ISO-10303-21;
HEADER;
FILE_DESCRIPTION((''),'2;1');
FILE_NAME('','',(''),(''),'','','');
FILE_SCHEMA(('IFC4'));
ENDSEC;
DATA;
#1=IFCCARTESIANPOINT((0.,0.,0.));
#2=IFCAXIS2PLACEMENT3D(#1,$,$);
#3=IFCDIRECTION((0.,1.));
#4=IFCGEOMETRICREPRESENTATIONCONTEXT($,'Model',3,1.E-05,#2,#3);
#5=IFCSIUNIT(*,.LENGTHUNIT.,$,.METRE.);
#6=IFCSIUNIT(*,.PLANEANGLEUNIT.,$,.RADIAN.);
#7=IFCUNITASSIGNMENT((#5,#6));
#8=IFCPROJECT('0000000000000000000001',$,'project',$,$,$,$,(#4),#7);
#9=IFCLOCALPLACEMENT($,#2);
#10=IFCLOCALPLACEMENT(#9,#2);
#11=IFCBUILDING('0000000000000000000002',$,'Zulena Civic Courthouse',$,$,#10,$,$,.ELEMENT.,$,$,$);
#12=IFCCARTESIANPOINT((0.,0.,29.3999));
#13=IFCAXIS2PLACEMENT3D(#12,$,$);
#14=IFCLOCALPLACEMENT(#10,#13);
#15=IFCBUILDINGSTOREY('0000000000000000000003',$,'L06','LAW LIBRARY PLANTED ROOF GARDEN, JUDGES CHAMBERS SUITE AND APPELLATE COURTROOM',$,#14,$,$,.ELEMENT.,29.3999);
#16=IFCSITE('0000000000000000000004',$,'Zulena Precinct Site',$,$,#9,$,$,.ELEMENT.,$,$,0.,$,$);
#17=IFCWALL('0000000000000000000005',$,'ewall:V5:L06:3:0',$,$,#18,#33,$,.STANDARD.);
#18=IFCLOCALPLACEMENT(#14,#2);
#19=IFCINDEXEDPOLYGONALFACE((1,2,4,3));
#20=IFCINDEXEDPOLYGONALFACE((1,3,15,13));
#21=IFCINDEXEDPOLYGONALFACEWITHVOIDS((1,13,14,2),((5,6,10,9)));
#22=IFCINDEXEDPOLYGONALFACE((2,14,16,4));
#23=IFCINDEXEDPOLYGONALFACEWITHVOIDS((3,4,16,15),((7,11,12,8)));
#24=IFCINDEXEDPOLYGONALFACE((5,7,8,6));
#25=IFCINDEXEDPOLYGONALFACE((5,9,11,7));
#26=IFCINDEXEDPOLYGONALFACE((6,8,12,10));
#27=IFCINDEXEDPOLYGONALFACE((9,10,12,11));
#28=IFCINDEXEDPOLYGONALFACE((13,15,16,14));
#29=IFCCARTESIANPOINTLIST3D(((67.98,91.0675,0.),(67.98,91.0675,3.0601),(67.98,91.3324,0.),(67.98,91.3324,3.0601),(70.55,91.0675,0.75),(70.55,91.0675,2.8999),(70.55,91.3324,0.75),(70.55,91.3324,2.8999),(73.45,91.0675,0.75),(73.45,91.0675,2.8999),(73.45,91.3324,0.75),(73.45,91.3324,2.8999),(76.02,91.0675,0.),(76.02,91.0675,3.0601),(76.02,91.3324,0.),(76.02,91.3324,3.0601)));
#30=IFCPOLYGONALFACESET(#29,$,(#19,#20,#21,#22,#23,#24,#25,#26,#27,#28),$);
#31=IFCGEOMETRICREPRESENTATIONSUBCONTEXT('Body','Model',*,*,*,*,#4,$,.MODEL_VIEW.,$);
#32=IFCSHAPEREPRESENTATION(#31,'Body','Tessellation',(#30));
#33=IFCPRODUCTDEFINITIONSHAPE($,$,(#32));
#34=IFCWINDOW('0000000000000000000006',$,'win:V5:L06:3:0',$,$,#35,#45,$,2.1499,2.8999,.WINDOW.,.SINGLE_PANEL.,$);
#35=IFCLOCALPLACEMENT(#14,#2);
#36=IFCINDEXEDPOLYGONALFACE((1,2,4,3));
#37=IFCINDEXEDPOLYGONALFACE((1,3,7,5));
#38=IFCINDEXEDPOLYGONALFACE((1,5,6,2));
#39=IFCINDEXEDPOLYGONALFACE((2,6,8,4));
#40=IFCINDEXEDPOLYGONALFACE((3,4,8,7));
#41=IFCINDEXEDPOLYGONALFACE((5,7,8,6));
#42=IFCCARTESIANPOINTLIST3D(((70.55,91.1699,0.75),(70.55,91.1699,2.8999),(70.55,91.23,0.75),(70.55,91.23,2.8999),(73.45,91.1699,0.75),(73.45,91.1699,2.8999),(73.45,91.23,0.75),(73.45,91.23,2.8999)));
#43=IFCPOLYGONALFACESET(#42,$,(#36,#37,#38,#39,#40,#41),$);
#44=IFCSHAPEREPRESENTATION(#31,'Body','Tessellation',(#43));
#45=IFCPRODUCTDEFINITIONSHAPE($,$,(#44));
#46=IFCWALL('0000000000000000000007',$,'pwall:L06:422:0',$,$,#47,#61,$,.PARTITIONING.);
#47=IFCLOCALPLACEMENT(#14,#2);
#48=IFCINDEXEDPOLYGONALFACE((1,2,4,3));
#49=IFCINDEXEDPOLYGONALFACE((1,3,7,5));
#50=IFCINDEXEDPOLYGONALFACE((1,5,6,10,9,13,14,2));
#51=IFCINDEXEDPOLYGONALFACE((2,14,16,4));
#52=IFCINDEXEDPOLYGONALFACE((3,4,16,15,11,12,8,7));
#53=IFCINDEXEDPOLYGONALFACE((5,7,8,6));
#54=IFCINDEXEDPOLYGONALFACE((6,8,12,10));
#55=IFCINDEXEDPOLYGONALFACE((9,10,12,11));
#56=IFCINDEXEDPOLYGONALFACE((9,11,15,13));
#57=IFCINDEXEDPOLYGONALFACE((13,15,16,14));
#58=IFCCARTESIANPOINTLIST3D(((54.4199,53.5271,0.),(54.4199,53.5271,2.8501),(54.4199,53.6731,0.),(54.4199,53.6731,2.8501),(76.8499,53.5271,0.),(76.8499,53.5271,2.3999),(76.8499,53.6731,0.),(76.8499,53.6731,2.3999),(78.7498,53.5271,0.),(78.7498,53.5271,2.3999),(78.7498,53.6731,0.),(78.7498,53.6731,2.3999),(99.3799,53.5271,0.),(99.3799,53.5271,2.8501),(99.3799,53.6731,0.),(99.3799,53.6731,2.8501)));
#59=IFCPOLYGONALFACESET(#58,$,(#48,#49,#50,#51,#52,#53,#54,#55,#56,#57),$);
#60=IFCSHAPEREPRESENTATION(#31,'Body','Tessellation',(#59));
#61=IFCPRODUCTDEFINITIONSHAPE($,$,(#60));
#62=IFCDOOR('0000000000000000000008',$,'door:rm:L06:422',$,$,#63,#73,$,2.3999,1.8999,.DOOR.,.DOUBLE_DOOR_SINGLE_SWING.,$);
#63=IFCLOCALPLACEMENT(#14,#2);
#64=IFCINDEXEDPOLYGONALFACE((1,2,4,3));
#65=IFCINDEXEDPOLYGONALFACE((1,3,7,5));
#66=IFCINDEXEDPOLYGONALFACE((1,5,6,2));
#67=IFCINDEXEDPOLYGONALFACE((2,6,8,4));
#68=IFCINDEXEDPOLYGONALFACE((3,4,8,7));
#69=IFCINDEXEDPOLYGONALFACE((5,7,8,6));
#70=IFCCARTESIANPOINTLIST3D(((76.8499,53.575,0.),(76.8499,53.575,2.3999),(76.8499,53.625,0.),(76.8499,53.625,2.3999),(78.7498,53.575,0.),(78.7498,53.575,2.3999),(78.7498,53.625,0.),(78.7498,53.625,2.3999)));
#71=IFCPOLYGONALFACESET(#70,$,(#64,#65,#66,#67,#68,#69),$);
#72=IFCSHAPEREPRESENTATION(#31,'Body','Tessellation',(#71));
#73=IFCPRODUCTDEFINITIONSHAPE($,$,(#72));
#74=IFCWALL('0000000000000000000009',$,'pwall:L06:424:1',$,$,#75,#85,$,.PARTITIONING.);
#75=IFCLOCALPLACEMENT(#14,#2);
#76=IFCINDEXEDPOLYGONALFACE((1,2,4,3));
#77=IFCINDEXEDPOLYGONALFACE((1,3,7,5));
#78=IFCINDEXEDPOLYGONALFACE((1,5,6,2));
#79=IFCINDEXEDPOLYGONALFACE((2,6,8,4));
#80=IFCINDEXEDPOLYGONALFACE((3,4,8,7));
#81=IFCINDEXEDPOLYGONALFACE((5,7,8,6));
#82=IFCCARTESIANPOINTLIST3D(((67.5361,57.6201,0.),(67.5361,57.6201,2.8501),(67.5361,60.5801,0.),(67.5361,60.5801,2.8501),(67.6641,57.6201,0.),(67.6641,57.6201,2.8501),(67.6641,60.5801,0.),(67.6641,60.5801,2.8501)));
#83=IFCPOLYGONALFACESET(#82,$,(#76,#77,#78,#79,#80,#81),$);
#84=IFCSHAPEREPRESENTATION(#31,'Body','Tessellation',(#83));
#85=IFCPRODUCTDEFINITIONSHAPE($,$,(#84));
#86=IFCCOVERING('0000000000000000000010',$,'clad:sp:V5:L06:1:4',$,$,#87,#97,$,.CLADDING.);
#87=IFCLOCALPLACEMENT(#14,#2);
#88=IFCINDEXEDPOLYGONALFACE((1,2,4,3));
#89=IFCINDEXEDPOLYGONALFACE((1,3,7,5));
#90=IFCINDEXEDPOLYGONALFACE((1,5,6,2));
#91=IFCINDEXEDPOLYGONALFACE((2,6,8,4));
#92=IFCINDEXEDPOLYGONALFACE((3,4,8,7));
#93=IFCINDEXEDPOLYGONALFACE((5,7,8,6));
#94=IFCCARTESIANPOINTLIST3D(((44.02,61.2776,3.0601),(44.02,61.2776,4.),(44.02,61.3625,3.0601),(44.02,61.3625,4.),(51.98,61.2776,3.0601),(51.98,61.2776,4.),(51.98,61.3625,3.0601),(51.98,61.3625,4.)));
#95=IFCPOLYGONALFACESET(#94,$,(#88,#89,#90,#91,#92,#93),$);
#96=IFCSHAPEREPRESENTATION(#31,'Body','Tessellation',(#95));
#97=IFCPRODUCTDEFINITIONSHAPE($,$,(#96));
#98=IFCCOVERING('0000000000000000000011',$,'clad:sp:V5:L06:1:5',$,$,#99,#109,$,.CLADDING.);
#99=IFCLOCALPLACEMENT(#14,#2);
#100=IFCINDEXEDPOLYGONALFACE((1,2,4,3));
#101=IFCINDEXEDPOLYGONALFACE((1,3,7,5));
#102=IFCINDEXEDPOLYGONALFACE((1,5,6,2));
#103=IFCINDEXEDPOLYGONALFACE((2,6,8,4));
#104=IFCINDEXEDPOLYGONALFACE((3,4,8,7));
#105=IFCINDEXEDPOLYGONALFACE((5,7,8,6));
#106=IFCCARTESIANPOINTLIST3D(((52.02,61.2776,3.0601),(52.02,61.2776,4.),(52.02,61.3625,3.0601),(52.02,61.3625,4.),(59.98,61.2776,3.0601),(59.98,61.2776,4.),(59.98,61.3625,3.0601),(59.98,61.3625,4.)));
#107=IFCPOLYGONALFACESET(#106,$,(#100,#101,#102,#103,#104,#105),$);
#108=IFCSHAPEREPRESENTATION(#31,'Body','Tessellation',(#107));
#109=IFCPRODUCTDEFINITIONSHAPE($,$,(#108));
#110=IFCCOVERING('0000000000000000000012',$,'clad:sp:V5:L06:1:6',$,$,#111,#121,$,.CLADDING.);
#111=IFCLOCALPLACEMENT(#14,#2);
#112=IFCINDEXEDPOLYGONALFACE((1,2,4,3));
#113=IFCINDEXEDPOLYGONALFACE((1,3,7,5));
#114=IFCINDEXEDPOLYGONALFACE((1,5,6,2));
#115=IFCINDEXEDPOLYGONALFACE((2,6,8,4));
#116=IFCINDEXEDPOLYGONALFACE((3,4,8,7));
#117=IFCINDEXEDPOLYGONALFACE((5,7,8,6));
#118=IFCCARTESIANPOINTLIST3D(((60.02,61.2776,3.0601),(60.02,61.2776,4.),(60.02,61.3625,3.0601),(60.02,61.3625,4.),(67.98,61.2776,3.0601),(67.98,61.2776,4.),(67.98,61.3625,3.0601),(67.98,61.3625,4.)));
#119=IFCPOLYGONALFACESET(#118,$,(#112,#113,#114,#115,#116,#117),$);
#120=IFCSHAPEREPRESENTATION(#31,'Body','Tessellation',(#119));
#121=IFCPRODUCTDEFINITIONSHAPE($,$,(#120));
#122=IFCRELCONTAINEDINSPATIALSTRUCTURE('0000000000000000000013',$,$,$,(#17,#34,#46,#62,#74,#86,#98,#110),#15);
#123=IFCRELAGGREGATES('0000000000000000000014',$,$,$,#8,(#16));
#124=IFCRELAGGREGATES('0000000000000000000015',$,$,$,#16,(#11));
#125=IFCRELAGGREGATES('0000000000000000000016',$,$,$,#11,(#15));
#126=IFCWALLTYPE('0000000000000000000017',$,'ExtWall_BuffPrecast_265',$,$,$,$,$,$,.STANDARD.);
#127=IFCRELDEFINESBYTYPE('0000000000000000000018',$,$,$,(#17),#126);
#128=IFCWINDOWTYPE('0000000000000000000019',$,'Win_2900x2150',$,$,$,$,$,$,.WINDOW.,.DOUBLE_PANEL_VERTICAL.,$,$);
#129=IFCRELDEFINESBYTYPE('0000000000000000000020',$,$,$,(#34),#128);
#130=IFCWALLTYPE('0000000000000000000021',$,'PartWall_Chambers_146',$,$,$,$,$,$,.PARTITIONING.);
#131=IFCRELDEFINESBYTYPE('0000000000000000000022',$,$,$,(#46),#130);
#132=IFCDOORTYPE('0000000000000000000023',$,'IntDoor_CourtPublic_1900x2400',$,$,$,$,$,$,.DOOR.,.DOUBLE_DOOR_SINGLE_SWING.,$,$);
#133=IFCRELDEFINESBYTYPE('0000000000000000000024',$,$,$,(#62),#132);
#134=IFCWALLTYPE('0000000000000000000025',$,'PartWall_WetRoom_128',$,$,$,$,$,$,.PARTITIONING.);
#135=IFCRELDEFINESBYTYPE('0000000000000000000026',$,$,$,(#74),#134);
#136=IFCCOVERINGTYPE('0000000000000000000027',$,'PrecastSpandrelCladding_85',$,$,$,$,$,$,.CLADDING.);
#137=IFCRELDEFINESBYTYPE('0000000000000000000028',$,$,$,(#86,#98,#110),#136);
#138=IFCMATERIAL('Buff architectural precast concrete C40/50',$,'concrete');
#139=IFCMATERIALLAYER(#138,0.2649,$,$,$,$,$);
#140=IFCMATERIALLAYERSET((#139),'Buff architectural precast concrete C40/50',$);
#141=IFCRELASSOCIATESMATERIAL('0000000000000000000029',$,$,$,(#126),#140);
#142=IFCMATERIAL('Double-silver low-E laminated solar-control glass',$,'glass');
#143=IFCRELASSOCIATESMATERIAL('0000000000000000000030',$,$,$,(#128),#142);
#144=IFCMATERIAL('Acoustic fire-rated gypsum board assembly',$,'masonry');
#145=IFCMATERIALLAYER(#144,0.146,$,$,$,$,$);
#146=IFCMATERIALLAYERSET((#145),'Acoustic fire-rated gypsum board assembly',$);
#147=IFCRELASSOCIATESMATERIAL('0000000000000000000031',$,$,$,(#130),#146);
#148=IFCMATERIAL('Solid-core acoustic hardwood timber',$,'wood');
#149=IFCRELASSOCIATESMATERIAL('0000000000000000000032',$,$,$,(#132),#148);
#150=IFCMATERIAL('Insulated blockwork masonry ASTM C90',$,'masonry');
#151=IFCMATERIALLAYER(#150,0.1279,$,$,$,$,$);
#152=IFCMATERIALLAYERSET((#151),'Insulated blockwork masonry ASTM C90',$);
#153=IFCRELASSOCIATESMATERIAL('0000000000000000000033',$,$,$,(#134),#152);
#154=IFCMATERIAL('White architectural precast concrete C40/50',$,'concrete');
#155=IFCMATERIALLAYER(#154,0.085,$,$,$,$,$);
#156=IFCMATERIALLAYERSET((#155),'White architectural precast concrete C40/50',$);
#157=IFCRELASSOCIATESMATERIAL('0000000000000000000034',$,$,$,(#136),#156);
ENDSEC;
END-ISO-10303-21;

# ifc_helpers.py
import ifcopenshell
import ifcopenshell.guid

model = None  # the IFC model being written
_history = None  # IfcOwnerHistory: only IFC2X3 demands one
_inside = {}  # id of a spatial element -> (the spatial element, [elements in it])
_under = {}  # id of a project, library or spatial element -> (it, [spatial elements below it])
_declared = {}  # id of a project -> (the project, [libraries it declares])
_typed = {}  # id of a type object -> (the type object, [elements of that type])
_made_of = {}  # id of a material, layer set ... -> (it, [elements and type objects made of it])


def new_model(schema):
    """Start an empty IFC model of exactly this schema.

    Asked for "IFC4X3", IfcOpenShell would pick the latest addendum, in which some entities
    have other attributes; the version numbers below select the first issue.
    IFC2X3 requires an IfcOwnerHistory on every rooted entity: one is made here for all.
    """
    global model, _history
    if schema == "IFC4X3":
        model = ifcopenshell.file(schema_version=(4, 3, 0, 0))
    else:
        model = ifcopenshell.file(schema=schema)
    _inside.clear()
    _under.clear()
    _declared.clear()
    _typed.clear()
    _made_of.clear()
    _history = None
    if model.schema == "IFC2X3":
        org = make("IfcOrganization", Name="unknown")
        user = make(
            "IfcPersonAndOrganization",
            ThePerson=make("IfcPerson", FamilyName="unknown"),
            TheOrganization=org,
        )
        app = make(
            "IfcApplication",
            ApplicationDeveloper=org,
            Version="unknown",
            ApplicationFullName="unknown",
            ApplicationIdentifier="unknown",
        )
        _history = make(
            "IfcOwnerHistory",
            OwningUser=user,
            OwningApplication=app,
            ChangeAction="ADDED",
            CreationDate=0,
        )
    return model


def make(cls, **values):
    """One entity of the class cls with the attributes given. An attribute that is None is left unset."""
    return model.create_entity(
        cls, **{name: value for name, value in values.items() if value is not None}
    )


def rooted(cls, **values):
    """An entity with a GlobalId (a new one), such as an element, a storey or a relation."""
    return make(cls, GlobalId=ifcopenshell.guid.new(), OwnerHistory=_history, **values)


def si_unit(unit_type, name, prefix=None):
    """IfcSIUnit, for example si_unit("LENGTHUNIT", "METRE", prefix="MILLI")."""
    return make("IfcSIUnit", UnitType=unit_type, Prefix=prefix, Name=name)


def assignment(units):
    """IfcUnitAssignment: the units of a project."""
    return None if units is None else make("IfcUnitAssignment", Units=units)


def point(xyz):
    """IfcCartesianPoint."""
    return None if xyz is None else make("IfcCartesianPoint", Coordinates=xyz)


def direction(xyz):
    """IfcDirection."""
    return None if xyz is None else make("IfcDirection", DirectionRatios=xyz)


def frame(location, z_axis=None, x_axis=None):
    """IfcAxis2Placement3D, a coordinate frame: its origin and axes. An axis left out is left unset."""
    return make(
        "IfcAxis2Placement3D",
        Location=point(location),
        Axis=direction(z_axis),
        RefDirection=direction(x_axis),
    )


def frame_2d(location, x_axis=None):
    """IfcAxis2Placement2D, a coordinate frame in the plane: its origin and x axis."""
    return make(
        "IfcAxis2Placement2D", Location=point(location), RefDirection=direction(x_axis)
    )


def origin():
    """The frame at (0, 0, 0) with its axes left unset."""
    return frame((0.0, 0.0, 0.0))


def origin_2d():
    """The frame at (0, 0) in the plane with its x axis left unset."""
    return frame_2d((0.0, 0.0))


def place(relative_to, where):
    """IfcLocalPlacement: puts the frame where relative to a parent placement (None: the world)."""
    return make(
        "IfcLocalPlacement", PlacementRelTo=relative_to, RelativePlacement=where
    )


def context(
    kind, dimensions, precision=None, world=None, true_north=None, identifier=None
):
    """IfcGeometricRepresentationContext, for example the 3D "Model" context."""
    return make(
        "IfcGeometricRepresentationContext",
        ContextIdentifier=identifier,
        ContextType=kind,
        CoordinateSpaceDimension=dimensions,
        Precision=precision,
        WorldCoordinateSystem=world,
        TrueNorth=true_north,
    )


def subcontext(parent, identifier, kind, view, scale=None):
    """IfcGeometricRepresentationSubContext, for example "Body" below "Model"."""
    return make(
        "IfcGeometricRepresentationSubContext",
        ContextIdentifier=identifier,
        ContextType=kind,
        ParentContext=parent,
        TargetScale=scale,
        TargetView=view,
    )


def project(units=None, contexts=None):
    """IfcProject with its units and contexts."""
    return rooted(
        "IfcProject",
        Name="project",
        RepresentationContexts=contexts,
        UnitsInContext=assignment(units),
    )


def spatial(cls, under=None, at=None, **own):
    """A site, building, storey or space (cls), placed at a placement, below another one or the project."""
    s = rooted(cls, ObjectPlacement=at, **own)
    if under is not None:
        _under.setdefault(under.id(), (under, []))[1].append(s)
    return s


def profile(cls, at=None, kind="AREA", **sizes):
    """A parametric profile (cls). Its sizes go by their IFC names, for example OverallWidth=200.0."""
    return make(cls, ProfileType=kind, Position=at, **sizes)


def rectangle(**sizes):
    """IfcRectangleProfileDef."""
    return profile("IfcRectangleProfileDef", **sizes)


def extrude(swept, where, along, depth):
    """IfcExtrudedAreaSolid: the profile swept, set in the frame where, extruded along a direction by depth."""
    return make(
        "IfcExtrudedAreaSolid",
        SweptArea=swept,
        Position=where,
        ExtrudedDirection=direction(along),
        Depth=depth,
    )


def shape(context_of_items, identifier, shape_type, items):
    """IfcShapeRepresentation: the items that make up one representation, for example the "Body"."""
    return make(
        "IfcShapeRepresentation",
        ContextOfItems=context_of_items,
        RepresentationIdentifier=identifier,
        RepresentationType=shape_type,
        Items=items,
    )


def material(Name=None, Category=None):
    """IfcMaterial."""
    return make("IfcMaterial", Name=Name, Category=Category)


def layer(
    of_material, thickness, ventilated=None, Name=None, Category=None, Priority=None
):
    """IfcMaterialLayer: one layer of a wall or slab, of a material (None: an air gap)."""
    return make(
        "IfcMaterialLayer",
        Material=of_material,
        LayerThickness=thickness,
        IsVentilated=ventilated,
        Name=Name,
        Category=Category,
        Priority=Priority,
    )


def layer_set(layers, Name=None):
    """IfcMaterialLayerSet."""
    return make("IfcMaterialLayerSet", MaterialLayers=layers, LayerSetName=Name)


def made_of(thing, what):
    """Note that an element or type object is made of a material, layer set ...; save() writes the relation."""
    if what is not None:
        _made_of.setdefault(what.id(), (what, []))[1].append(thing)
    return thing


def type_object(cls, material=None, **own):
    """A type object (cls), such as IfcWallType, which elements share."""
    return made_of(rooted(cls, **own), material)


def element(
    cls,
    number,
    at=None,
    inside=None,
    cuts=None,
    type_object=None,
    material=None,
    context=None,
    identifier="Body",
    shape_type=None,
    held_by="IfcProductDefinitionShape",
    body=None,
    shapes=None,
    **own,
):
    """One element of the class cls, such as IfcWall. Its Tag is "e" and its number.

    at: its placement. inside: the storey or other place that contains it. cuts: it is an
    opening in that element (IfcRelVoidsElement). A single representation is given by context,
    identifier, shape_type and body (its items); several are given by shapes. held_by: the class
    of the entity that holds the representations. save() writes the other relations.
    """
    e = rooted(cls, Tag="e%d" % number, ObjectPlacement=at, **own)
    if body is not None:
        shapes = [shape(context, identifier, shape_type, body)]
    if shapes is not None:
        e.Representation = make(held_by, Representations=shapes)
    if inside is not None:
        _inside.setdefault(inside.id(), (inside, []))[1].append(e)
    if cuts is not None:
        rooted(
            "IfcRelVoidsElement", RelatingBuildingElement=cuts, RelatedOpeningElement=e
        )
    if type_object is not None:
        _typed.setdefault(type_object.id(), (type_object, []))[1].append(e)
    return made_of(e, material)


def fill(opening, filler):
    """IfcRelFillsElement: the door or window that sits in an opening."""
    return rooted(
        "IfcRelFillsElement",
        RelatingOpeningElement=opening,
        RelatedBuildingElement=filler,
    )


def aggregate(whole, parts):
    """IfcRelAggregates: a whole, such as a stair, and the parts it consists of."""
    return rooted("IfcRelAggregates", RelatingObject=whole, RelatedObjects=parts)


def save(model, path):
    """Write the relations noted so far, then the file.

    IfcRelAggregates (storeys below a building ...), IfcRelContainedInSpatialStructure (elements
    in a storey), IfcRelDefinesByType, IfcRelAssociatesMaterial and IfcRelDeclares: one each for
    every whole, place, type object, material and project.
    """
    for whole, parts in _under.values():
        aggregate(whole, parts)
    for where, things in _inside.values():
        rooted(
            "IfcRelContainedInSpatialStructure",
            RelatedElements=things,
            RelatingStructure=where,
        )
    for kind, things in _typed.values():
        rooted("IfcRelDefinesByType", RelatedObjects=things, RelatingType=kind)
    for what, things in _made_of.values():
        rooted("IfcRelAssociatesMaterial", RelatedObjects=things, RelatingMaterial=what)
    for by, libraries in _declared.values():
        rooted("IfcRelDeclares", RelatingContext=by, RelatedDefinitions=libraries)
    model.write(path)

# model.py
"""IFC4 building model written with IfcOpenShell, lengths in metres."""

from ifc_helpers import new_model, si_unit, direction, frame, frame_2d, origin, origin_2d, place, context, subcontext, project, spatial, rectangle, extrude, material, layer, layer_set, type_object, element, fill, save


model = new_model("IFC4")

# Units and contexts
model_context = context("Model", 3, precision=1e-05, world=origin(), true_north=direction((0.0, 1.0)))
body_context = subcontext(model_context, "Body", "Model", "MODEL_VIEW")
ifc_project = project(units=[si_unit("LENGTHUNIT", "METRE"), si_unit("PLANEANGLEUNIT", "RADIAN")], contexts=[model_context])

# Site, building, storey
site_placement = place(None, origin())
site = spatial("IfcSite", under=ifc_project, at=site_placement, Name="Zulena Precinct Site", CompositionType="ELEMENT", RefElevation=0.0)
building_placement = place(site_placement, origin())
building = spatial("IfcBuilding", under=site, at=building_placement, Name="Zulena Civic Courthouse", CompositionType="ELEMENT")
storey_placement = place(building_placement, frame((0.0, 0.0, 29.3999)))
storey = spatial("IfcBuildingStorey", under=building, at=storey_placement, Name="L06", Description="LAW LIBRARY PLANTED ROOF GARDEN, JUDGES CHAMBERS SUITE AND APPELLATE COURTROOM", CompositionType="ELEMENT", Elevation=29.3999)

# Wall, opening, window
ifc_material_1 = material(Name="Buff architectural precast concrete C40/50", Category="concrete")
ifc_layer_1 = layer(ifc_material_1, 0.2649)
ifc_layer_set_1 = layer_set([ifc_layer_1], Name="Buff architectural precast concrete C40/50")
wall_type_1 = type_object("IfcWallType", Name="ExtWall_BuffPrecast_265", PredefinedType="STANDARD", material=ifc_layer_set_1)
ifc_material_2 = material(Name="Double-silver low-E laminated solar-control glass", Category="glass")
wall_1_placement = place(storey_placement, frame((67.98, 91.2, 0.0), z_axis=(0.0, 0.0, 1.0), x_axis=(1.0, 0.0, 0.0)))
wall_1 = element("IfcWall", 1, at=wall_1_placement, inside=storey, type_object=wall_type_1, Name="ewall:V5:L06:3:0", PredefinedType="STANDARD", context=body_context, shape_type="SweptSolid", body=[
    extrude(rectangle(XDim=8.04, YDim=0.2649, at=frame_2d((4.02, 0.0))), origin(), (0.0, 0.0, 1.0), 3.0601),
])
opening_1_placement = place(wall_1_placement, frame((2.5701, 0.0, 0.75)))
opening_1 = element("IfcOpeningElement", 2, at=opening_1_placement, cuts=wall_1, PredefinedType="OPENING", context=body_context, shape_type="SweptSolid", body=[
    extrude(rectangle(XDim=2.8999, YDim=2.1499, at=frame_2d((1.45, 1.075))), frame((0.0, 0.1423, 0.0), z_axis=(0.0, -1.0, 0.0), x_axis=(1.0, 0.0, 0.0)), (0.0, 0.0, 1.0), 0.2849),
])
window_type_1 = type_object("IfcWindowType", Name="Win_2900x2150", PartitioningType="DOUBLE_PANEL_VERTICAL", PredefinedType="WINDOW", material=ifc_material_2)
window_1_placement = place(opening_1_placement, origin())
window_1 = element("IfcWindow", 3, at=window_1_placement, inside=storey, type_object=window_type_1, Name="win:V5:L06:3:0", OverallHeight=2.1499, OverallWidth=2.8999, PartitioningType="SINGLE_PANEL", PredefinedType="WINDOW", context=body_context, shape_type="SweptSolid", body=[
    extrude(rectangle(XDim=2.8999, YDim=2.1499, at=frame_2d((1.45, 1.075))), frame((0.0, 0.03, 0.0), z_axis=(0.0, -1.0, 0.0), x_axis=(1.0, 0.0, 0.0)), (0.0, 0.0, 1.0), 0.0601),
])
fill(opening_1, window_1)

# Wall, opening, door
ifc_material_3 = material(Name="Acoustic fire-rated gypsum board assembly", Category="masonry")
ifc_layer_2 = layer(ifc_material_3, 0.146)
ifc_layer_set_2 = layer_set([ifc_layer_2], Name="Acoustic fire-rated gypsum board assembly")
wall_type_2 = type_object("IfcWallType", Name="PartWall_Chambers_146", PredefinedType="PARTITIONING", material=ifc_layer_set_2)
wall_2_placement = place(storey_placement, frame((54.4199, 53.6001, 0.0), z_axis=(0.0, 0.0, 1.0), x_axis=(1.0, 0.0, 0.0)))
wall_2 = element("IfcWall", 4, at=wall_2_placement, inside=storey, type_object=wall_type_2, Name="pwall:L06:422:0", PredefinedType="PARTITIONING", context=body_context, shape_type="SweptSolid", body=[
    extrude(rectangle(XDim=44.96, YDim=0.146, at=frame_2d((22.48, 0.0))), origin(), (0.0, 0.0, 1.0), 2.8501),
])
opening_2_placement = place(wall_2_placement, frame((22.4299, 0.0, 0.0)))
opening_2 = element("IfcOpeningElement", 5, at=opening_2_placement, cuts=wall_2, PredefinedType="OPENING", context=body_context, shape_type="SweptSolid", body=[
    extrude(rectangle(XDim=1.8999, YDim=2.3999, at=frame_2d((0.95, 1.2))), frame((0.0, 0.083, 0.0), z_axis=(0.0, -1.0, 0.0), x_axis=(1.0, 0.0, 0.0)), (0.0, 0.0, 1.0), 0.166),
])
ifc_material_4 = material(Name="Solid-core acoustic hardwood timber", Category="wood")
door_type = type_object("IfcDoorType", Name="IntDoor_CourtPublic_1900x2400", OperationType="DOUBLE_DOOR_SINGLE_SWING", PredefinedType="DOOR", material=ifc_material_4)
door_placement = place(opening_2_placement, origin())
door = element("IfcDoor", 6, at=door_placement, inside=storey, type_object=door_type, Name="door:rm:L06:422", OperationType="DOUBLE_DOOR_SINGLE_SWING", OverallHeight=2.3999, OverallWidth=1.8999, PredefinedType="DOOR", context=body_context, shape_type="SweptSolid", body=[
    extrude(rectangle(XDim=1.8999, YDim=2.3999, at=frame_2d((0.95, 1.2))), frame((0.0, 0.0249, 0.0), z_axis=(0.0, -1.0, 0.0), x_axis=(1.0, 0.0, 0.0)), (0.0, 0.0, 1.0), 0.05),
])
fill(opening_2, door)

# Wall
ifc_material_5 = material(Name="Insulated blockwork masonry ASTM C90", Category="masonry")
ifc_layer_3 = layer(ifc_material_5, 0.1279)
ifc_layer_set_3 = layer_set([ifc_layer_3], Name="Insulated blockwork masonry ASTM C90")
wall_type_3 = type_object("IfcWallType", Name="PartWall_WetRoom_128", PredefinedType="PARTITIONING", material=ifc_layer_set_3)
wall_3_placement = place(storey_placement, frame((67.6001, 57.6201, 0.0), z_axis=(0.0, 0.0, 1.0), x_axis=(0.0, 1.0, 0.0)))
element("IfcWall", 7, at=wall_3_placement, inside=storey, type_object=wall_type_3, Name="pwall:L06:424:1", PredefinedType="PARTITIONING", context=body_context, shape_type="SweptSolid", body=[
    extrude(rectangle(XDim=2.96, YDim=0.1279, at=frame_2d((1.48, 0.0))), origin(), (0.0, 0.0, 1.0), 2.8501),
])

# Coverings
ifc_material_6 = material(Name="White architectural precast concrete C40/50", Category="concrete")
ifc_layer_4 = layer(ifc_material_6, 0.085)
ifc_layer_set_4 = layer_set([ifc_layer_4], Name="White architectural precast concrete C40/50")
covering_type = type_object("IfcCoveringType", Name="PrecastSpandrelCladding_85", PredefinedType="CLADDING", material=ifc_layer_set_4)
for number, where, z_axis, x_axis, name in (
    (8, (48.0, 61.3201, 3.0601), (0.0, 0.0, 1.0), (1.0, 0.0, 0.0), "clad:sp:V5:L06:1:4"),
    (9, (56.0, 61.3201, 3.0601), (0.0, 0.0, 1.0), (1.0, 0.0, 0.0), "clad:sp:V5:L06:1:5"),
    (10, (64.0, 61.3201, 3.0601), (0.0, 0.0, 1.0), (1.0, 0.0, 0.0), "clad:sp:V5:L06:1:6"),
):
    element("IfcCovering", number, at=place(storey_placement, frame(where, z_axis=z_axis, x_axis=x_axis)), inside=storey, type_object=covering_type, Name=name, PredefinedType="CLADDING", context=body_context, shape_type="SweptSolid", body=[
        extrude(rectangle(XDim=7.96, YDim=0.085, at=origin_2d()), origin(), (0.0, 0.0, 1.0), 0.9399),
    ])

save(model, "model.ifc")
